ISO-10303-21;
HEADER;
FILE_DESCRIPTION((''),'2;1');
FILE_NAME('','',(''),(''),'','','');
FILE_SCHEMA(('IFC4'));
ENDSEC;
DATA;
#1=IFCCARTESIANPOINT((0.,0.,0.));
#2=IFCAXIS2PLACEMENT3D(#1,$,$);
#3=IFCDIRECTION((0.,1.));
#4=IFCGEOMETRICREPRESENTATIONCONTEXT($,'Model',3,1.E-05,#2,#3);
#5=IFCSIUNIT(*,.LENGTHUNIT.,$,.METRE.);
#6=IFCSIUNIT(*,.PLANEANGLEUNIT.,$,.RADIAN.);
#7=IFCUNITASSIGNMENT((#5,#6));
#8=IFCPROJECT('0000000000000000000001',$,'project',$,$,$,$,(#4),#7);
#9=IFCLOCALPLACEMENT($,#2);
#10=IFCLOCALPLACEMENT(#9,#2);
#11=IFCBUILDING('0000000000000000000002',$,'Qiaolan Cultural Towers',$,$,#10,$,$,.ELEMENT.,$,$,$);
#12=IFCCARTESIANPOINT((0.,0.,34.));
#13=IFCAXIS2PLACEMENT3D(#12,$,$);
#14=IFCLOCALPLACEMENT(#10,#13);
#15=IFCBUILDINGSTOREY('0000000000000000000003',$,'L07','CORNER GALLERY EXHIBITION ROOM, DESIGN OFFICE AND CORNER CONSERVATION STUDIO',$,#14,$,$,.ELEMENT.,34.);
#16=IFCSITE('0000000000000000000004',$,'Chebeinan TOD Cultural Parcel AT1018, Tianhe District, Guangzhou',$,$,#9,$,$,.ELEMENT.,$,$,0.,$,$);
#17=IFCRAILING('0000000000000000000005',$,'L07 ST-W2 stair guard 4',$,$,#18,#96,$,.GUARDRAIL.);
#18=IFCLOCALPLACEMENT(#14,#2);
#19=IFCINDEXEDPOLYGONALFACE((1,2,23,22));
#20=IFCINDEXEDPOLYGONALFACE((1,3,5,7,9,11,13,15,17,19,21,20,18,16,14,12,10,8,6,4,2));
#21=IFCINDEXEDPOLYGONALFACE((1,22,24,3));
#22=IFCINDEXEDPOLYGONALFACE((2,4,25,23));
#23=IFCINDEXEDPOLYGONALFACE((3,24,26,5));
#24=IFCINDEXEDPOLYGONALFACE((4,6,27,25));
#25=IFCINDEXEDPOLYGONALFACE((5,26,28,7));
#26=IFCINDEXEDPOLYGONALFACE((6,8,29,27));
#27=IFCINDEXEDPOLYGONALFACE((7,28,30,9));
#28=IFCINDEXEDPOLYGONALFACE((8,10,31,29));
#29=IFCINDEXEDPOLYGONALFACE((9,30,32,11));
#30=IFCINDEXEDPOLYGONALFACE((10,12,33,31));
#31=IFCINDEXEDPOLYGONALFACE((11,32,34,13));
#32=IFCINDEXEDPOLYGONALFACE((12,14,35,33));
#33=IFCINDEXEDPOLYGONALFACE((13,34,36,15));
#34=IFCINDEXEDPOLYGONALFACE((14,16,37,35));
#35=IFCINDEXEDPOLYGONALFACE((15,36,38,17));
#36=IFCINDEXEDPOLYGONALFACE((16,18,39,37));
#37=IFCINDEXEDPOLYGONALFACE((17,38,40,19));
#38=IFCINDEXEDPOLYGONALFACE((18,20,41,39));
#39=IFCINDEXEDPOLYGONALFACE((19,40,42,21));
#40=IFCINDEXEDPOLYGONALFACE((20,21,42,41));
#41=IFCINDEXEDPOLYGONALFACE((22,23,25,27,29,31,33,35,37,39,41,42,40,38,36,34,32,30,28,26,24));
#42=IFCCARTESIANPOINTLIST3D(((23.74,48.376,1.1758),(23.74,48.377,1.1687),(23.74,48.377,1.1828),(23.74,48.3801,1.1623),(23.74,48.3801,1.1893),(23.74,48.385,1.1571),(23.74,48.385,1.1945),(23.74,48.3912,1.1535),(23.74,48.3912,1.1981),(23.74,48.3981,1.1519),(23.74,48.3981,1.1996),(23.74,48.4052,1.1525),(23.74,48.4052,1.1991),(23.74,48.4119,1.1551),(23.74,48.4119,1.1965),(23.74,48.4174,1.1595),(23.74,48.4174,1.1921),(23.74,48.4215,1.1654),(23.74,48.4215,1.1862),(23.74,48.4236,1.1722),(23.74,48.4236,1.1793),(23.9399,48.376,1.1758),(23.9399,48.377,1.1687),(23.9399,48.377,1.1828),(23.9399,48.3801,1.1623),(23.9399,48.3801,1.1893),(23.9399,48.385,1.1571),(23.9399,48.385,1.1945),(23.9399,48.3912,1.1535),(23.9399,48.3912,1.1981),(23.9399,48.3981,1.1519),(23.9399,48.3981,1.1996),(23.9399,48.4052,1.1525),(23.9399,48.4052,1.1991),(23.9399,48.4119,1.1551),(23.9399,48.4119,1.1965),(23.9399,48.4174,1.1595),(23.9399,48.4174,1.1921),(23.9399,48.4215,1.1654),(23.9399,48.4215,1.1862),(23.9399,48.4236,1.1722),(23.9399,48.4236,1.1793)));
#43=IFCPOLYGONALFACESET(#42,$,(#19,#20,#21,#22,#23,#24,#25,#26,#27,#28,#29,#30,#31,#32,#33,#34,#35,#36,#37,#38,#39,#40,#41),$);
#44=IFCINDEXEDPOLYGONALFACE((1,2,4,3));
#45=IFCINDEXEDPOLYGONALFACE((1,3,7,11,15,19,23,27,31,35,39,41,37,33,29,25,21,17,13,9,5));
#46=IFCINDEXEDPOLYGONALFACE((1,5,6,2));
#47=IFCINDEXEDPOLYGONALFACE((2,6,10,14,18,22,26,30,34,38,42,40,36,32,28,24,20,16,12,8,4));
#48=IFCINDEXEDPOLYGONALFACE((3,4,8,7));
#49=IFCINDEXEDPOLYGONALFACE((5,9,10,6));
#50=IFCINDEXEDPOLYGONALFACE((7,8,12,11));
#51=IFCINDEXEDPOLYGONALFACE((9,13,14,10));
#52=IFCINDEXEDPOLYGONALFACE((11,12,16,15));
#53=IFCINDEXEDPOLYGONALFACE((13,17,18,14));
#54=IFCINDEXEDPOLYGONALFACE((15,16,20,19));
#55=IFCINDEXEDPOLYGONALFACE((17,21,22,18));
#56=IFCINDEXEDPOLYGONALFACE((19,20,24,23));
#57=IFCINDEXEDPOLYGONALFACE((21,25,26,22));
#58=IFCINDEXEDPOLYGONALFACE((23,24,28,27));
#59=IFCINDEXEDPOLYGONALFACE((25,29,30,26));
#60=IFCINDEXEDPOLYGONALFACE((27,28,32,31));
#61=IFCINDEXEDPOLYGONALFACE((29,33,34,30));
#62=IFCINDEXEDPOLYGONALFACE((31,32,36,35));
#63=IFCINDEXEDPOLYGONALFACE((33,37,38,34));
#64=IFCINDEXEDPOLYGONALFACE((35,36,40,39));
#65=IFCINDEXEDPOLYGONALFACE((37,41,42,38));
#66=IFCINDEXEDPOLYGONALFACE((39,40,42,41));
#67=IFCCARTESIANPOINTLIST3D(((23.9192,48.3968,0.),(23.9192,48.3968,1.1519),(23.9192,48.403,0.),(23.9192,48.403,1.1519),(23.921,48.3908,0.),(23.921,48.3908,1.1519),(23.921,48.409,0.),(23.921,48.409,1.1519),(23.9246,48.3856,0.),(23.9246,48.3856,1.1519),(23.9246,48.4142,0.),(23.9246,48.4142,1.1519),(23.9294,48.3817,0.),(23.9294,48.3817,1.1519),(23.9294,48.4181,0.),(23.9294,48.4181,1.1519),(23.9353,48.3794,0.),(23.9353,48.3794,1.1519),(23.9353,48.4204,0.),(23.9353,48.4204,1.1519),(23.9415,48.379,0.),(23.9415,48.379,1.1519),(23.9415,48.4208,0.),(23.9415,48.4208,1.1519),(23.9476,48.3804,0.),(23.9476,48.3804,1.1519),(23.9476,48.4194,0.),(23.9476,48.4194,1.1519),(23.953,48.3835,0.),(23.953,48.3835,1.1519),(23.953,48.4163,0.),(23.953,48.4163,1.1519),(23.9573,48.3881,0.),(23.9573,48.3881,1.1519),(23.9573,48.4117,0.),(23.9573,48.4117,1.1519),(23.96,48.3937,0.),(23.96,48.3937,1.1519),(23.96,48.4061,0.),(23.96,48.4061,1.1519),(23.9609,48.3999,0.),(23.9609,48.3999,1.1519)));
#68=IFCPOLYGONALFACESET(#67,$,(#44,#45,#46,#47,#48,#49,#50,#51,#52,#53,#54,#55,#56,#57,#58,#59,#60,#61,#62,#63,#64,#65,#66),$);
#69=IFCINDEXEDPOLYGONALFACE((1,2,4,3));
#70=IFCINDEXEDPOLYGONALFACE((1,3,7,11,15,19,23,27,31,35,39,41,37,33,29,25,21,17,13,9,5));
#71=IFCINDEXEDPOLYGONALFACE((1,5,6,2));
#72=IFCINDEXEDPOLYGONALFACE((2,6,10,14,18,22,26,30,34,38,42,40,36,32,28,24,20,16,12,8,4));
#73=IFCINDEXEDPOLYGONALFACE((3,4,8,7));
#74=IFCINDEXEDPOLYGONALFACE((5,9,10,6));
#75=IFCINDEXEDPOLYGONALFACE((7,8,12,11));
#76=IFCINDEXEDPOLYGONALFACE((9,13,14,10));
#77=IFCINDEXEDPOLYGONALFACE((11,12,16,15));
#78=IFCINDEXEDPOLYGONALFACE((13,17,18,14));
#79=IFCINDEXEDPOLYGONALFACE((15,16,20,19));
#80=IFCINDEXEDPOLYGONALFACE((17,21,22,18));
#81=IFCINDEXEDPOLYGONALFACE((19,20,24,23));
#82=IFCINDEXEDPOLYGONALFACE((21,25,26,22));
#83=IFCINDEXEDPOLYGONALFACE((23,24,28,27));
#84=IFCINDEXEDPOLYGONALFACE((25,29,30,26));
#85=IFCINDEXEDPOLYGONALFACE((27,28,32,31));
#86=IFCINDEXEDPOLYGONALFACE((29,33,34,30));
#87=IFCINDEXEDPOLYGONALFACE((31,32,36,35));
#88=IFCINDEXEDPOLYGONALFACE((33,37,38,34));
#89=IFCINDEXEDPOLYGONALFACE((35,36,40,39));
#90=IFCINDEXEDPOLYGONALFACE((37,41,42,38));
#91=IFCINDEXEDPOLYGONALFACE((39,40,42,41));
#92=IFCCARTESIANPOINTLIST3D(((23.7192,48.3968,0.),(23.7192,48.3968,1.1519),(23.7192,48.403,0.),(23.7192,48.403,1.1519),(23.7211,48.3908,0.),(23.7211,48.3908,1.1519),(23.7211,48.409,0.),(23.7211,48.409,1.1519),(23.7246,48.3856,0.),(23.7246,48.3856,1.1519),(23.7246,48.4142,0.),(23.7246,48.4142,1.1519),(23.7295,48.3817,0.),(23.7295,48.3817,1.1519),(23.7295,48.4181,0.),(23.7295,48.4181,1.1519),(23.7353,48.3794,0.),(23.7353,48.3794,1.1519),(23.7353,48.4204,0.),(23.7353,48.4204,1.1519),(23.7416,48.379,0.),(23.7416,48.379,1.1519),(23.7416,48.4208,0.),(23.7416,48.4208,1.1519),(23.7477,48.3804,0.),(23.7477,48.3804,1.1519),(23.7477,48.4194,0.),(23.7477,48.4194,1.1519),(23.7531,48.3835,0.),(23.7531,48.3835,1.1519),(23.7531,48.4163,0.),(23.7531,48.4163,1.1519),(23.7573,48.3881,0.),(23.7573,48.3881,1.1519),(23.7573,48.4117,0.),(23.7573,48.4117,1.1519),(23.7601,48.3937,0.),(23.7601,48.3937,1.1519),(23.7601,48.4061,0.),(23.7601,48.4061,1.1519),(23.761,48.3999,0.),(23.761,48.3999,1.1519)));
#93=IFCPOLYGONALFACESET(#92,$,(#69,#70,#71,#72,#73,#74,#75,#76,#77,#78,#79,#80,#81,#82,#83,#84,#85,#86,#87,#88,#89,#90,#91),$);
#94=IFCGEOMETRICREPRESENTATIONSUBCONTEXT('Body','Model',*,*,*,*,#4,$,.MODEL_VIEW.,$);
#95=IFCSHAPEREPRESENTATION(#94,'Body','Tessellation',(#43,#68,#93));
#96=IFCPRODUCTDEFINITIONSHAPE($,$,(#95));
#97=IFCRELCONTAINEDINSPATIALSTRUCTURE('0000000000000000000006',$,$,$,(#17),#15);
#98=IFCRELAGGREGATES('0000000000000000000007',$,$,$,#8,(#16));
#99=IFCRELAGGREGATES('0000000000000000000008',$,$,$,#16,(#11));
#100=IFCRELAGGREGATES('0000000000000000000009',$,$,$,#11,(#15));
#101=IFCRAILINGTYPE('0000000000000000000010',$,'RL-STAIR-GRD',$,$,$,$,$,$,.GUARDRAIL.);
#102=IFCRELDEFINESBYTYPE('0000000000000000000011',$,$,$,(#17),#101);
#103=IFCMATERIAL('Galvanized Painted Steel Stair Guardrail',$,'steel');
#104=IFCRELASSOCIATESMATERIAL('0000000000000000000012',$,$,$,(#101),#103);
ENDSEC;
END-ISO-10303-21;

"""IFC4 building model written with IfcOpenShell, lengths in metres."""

from ifc_helpers import new_model, si_unit, direction, frame, origin, origin_2d, place, context, subcontext, project, spatial, circle, extrude, material, type_object, element, save


model = new_model("IFC4")

# Units and contexts
model_context = context("Model", 3, precision=1e-05, world=origin(), true_north=direction((0.0, 1.0)))
body_context = subcontext(model_context, "Body", "Model", "MODEL_VIEW")
ifc_project = project(units=[si_unit("LENGTHUNIT", "METRE"), si_unit("PLANEANGLEUNIT", "RADIAN")], contexts=[model_context])

# Site, building, storey
site_placement = place(None, origin())
site = spatial("IfcSite", under=ifc_project, at=site_placement, Name="Chebeinan TOD Cultural Parcel AT1018, Tianhe District, Guangzhou", CompositionType="ELEMENT", RefElevation=0.0)
building_placement = place(site_placement, origin())
building = spatial("IfcBuilding", under=site, at=building_placement, Name="Qiaolan Cultural Towers", CompositionType="ELEMENT")
storey_placement = place(building_placement, frame((0.0, 0.0, 34.0)))
storey = spatial("IfcBuildingStorey", under=building, at=storey_placement, Name="L07", Description="CORNER GALLERY EXHIBITION ROOM, DESIGN OFFICE AND CORNER CONSERVATION STUDIO", CompositionType="ELEMENT", Elevation=34.0)

# Railing
ifc_material_1 = material(Name="Galvanized Painted Steel Stair Guardrail", Category="steel")
railing_type_1 = type_object("IfcRailingType", Name="RL-STAIR-GRD", PredefinedType="GUARDRAIL", material=ifc_material_1)
railing_1_placement = place(storey_placement, frame((23.9399, 48.3999, 0.0)))
element("IfcRailing", 1, at=railing_1_placement, inside=storey, type_object=railing_type_1, Name="L07 ST-W2 stair guard 4", PredefinedType="GUARDRAIL", context=body_context, shape_type="SweptSolid", body=[
    extrude(circle(Radius=0.0239, at=origin_2d()), frame((0.0, 0.0, 1.1758), z_axis=(-1.0, 0.0, 0.0), x_axis=(0.0, -1.0, 0.0)), (0.0, 0.0, 1.0), 0.2),
    extrude(circle(Radius=0.021, at=origin_2d()), origin(), (0.0, 0.0, 1.0), 1.1519),
    extrude(circle(Radius=0.021, at=origin_2d()), frame((-0.2, 0.0, 0.0)), (0.0, 0.0, 1.0), 1.1519),
])

save(model, "model.ifc")
